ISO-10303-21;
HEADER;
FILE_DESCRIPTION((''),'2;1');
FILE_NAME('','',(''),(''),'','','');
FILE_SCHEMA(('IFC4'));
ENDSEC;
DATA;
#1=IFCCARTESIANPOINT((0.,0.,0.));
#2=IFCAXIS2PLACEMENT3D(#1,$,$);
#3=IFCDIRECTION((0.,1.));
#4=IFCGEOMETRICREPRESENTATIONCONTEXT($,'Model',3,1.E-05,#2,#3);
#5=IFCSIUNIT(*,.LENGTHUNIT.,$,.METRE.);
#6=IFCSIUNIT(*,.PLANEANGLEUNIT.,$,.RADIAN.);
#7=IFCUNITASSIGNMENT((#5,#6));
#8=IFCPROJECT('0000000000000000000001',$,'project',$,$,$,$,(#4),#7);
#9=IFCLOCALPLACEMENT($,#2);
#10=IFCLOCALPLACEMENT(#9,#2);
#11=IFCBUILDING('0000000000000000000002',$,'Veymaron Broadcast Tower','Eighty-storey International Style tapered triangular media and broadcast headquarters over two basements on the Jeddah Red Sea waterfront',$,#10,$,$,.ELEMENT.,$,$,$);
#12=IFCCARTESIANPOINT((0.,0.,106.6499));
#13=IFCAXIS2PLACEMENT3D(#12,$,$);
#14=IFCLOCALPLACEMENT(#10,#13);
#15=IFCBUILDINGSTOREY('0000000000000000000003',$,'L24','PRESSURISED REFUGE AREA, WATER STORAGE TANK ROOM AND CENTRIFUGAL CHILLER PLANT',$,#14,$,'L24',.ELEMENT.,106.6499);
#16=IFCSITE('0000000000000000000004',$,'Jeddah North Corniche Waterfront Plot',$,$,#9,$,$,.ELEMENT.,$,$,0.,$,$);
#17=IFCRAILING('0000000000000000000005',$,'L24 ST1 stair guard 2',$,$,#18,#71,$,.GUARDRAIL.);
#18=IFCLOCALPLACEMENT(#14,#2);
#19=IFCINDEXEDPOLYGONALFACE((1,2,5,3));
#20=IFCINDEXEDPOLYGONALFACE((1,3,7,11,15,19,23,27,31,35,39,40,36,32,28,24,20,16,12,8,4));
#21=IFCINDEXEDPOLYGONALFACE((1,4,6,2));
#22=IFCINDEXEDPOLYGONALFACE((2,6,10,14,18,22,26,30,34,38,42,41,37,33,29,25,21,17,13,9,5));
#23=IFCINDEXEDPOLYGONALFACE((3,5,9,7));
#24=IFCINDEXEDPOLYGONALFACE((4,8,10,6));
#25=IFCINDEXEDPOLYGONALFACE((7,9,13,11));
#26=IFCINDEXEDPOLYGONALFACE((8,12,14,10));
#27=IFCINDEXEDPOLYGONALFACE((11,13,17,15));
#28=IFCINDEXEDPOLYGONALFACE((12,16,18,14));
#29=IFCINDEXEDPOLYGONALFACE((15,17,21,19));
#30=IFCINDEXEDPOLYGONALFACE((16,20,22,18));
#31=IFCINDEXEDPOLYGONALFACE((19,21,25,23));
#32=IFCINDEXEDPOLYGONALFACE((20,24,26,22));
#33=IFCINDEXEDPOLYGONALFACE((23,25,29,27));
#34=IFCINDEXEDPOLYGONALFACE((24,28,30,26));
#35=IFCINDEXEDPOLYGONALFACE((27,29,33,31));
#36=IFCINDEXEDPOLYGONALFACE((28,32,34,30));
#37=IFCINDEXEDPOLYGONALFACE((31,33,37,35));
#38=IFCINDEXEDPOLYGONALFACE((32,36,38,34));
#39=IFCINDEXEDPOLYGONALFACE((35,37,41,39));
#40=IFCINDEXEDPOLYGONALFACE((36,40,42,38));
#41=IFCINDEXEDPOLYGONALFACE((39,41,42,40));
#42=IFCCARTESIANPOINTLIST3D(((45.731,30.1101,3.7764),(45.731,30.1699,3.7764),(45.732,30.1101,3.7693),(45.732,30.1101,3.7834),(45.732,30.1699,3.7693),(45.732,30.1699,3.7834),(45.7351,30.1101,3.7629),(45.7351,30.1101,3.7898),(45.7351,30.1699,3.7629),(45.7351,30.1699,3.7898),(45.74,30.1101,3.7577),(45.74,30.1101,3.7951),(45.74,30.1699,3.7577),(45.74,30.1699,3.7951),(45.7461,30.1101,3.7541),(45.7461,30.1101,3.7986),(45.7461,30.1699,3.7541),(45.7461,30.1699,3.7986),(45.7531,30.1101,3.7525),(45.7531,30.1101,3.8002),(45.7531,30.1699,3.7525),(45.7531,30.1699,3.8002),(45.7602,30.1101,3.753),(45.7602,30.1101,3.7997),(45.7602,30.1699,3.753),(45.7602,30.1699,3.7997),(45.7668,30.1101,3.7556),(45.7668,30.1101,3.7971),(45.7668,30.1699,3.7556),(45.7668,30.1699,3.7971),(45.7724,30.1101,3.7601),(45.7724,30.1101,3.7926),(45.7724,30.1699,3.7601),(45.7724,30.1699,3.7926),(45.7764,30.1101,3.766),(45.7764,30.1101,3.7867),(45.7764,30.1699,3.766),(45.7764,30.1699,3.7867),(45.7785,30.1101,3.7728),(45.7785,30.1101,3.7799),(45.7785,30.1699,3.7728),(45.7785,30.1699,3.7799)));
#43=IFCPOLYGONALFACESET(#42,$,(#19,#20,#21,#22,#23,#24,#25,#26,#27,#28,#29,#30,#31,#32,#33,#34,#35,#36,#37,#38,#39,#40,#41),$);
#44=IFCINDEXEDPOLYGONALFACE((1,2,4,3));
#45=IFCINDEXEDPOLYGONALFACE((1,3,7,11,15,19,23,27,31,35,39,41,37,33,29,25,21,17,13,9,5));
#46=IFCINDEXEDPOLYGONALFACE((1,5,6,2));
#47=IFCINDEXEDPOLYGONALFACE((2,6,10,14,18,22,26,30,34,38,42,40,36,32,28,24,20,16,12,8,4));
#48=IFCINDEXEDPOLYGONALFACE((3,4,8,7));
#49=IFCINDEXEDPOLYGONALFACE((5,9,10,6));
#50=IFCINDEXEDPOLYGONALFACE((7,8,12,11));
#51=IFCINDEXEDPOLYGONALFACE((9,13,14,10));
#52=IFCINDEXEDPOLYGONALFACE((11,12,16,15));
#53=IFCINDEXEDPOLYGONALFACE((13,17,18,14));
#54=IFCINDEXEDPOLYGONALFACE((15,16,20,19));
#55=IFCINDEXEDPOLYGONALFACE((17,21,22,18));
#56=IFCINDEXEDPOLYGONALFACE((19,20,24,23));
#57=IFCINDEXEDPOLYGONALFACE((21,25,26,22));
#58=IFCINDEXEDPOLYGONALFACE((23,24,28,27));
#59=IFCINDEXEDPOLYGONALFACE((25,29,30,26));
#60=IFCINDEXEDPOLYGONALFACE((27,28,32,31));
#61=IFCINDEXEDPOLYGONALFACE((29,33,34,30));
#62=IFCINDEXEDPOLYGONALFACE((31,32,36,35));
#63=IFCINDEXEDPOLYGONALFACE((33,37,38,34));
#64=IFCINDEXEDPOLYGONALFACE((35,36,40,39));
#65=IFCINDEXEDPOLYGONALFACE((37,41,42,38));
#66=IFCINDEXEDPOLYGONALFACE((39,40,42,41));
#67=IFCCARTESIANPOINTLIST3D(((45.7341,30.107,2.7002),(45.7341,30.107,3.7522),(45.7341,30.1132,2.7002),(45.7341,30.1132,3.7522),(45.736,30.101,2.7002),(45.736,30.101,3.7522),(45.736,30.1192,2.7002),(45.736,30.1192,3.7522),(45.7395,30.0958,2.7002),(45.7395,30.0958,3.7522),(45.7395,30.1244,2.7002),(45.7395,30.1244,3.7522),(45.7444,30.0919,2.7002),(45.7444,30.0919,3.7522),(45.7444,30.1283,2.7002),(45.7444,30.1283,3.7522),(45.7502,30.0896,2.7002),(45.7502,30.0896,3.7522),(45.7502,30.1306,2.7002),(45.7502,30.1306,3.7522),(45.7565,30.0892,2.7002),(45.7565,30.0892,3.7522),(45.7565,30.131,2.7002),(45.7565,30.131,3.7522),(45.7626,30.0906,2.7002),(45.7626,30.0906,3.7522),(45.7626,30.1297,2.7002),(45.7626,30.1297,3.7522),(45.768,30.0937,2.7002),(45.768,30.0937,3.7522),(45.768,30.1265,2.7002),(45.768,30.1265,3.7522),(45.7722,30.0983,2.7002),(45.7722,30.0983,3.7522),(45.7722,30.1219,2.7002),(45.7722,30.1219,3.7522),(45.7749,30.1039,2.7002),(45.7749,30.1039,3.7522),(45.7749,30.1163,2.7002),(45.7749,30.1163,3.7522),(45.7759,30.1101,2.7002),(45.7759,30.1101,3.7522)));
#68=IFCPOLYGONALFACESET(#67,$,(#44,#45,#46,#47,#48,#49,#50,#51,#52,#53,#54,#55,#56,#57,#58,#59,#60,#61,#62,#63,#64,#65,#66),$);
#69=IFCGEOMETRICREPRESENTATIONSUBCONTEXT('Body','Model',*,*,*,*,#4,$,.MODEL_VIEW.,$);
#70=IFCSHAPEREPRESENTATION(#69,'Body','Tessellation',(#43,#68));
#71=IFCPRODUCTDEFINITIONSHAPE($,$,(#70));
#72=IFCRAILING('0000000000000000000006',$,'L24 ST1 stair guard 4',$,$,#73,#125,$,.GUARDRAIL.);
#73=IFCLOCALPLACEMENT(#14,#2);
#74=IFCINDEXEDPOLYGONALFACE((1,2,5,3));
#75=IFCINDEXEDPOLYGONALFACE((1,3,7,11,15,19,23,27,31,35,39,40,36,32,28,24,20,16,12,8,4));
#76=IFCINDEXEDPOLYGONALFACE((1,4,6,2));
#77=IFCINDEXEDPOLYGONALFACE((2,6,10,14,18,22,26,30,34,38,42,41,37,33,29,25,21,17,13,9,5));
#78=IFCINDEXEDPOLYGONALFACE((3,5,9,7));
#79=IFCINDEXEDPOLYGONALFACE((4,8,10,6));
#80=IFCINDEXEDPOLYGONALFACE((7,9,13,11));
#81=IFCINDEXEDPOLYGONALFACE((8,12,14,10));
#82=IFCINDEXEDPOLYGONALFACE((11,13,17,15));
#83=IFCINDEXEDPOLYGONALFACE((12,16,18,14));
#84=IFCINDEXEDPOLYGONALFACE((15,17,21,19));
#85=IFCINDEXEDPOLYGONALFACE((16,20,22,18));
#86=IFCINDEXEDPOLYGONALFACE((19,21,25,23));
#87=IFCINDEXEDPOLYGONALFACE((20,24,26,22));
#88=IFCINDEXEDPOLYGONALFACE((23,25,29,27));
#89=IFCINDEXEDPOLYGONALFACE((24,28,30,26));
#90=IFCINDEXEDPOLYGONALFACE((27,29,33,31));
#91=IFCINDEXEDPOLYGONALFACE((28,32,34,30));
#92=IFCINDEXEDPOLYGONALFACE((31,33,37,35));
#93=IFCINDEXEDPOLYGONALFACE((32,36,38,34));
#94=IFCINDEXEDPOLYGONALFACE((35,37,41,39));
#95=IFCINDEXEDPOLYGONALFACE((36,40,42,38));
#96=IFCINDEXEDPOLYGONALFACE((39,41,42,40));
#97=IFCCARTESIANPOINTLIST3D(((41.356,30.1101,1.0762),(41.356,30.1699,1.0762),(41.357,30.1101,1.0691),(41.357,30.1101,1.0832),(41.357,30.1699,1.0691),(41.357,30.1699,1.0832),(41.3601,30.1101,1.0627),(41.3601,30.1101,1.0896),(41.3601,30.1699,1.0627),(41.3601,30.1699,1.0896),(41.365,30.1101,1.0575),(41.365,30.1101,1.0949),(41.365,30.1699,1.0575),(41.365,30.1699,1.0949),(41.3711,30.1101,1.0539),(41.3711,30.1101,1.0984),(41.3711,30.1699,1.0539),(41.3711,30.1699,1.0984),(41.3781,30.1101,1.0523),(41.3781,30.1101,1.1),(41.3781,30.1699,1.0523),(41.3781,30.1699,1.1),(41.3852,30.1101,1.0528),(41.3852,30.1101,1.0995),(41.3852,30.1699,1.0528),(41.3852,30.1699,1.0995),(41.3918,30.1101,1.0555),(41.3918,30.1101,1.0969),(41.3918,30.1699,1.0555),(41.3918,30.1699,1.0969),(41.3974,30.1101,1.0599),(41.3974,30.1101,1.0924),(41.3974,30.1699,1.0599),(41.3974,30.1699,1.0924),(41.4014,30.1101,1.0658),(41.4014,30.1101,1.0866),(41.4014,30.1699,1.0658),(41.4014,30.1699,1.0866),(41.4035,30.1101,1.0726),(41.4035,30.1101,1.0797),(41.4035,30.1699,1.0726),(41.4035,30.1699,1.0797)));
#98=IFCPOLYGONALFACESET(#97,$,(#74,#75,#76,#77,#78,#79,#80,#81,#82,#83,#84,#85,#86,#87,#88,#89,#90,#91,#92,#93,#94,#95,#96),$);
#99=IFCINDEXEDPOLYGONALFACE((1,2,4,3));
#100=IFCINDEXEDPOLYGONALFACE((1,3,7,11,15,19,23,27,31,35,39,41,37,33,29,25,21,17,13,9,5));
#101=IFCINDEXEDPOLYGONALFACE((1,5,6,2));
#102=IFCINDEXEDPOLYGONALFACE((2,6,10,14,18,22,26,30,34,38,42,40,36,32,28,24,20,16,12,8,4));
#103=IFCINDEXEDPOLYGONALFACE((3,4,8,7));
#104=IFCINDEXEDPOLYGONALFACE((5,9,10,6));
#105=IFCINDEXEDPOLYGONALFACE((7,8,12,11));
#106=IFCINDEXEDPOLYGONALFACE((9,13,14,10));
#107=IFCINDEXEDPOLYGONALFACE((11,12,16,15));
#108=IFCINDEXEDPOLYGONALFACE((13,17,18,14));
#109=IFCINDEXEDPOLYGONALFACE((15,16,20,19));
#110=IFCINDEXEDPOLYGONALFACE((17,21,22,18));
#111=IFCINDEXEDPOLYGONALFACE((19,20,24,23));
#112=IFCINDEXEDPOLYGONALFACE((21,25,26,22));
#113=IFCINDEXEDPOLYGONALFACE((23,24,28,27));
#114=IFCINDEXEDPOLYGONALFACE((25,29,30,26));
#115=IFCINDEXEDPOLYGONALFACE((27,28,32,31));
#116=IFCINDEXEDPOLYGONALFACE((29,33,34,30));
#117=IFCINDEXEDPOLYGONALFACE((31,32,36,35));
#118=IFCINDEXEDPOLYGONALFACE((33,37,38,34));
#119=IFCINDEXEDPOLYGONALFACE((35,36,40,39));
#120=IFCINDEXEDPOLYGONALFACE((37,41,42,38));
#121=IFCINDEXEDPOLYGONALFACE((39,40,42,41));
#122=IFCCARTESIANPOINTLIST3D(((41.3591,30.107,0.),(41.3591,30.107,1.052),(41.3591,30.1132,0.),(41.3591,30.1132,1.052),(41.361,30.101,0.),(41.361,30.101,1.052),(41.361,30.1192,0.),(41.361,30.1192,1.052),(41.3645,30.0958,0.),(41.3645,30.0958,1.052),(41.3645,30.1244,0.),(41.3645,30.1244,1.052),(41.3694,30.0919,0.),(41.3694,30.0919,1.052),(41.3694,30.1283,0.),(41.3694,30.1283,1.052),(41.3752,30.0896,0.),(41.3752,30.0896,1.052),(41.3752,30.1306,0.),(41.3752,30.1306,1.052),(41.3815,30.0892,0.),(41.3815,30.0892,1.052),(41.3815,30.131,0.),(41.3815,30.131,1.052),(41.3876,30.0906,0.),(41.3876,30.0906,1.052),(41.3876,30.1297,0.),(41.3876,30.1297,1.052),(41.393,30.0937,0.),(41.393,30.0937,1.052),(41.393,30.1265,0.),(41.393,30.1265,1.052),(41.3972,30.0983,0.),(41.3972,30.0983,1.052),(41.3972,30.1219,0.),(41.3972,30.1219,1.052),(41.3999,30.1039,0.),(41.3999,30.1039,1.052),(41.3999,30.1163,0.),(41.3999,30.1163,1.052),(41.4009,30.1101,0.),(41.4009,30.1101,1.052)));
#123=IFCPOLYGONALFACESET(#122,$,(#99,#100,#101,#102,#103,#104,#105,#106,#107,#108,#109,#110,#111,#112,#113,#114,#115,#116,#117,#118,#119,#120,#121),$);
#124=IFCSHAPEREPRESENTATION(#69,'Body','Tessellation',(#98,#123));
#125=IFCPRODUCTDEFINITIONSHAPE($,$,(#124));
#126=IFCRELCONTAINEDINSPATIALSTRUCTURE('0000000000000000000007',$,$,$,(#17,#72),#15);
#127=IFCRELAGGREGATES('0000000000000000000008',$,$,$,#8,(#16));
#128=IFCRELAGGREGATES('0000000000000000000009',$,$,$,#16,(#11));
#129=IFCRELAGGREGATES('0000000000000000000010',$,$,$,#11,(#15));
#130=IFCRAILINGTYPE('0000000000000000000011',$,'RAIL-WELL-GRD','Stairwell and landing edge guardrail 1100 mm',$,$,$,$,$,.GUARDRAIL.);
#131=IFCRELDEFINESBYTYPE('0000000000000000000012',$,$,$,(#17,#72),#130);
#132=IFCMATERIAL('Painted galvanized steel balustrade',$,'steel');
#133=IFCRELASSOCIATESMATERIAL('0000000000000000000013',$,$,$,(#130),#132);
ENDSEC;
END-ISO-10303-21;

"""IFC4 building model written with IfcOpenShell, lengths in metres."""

from ifc_helpers import new_model, si_unit, direction, frame, origin, origin_2d, place, context, subcontext, project, spatial, circle, extrude, material, type_object, element, save


model = new_model("IFC4")

# Units and contexts
model_context = context("Model", 3, precision=1e-05, world=origin(), true_north=direction((0.0, 1.0)))
body_context = subcontext(model_context, "Body", "Model", "MODEL_VIEW")
ifc_project = project(units=[si_unit("LENGTHUNIT", "METRE"), si_unit("PLANEANGLEUNIT", "RADIAN")], contexts=[model_context])

# Site, building, storey
site_placement = place(None, origin())
site = spatial("IfcSite", under=ifc_project, at=site_placement, Name="Jeddah North Corniche Waterfront Plot", CompositionType="ELEMENT", RefElevation=0.0)
building_placement = place(site_placement, origin())
building = spatial("IfcBuilding", under=site, at=building_placement, Name="Veymaron Broadcast Tower", Description="Eighty-storey International Style tapered triangular media and broadcast headquarters over two basements on the Jeddah Red Sea waterfront", CompositionType="ELEMENT")
storey_placement = place(building_placement, frame((0.0, 0.0, 106.6499)))
storey = spatial("IfcBuildingStorey", under=building, at=storey_placement, Name="L24", Description="PRESSURISED REFUGE AREA, WATER STORAGE TANK ROOM AND CENTRIFUGAL CHILLER PLANT", LongName="L24", CompositionType="ELEMENT", Elevation=106.6499)

# Railings
ifc_material_1 = material(Name="Painted galvanized steel balustrade", Category="steel")
railing_type_1 = type_object("IfcRailingType", Name="RAIL-WELL-GRD", Description="Stairwell and landing edge guardrail 1100 mm", PredefinedType="GUARDRAIL", material=ifc_material_1)
for number, where, name in (
    (1, (45.7549, 30.1101, 2.7002), "L24 ST1 stair guard 2"),
    (2, (41.3799, 30.1101, 0.0), "L24 ST1 stair guard 4"),
):
    element("IfcRailing", number, at=place(storey_placement, frame(where)), inside=storey, type_object=railing_type_1, Name=name, PredefinedType="GUARDRAIL", context=body_context, shape_type="SweptSolid", body=[
        extrude(circle(Radius=0.0239, at=origin_2d()), frame((0.0, 0.0, 1.0762), z_axis=(0.0, 1.0, 0.0), x_axis=(-1.0, 0.0, 0.0)), (0.0, 0.0, 1.0), 0.0598),
        extrude(circle(Radius=0.021, at=origin_2d()), origin(), (0.0, 0.0, 1.0), 1.052),
    ])

save(model, "model.ifc")
